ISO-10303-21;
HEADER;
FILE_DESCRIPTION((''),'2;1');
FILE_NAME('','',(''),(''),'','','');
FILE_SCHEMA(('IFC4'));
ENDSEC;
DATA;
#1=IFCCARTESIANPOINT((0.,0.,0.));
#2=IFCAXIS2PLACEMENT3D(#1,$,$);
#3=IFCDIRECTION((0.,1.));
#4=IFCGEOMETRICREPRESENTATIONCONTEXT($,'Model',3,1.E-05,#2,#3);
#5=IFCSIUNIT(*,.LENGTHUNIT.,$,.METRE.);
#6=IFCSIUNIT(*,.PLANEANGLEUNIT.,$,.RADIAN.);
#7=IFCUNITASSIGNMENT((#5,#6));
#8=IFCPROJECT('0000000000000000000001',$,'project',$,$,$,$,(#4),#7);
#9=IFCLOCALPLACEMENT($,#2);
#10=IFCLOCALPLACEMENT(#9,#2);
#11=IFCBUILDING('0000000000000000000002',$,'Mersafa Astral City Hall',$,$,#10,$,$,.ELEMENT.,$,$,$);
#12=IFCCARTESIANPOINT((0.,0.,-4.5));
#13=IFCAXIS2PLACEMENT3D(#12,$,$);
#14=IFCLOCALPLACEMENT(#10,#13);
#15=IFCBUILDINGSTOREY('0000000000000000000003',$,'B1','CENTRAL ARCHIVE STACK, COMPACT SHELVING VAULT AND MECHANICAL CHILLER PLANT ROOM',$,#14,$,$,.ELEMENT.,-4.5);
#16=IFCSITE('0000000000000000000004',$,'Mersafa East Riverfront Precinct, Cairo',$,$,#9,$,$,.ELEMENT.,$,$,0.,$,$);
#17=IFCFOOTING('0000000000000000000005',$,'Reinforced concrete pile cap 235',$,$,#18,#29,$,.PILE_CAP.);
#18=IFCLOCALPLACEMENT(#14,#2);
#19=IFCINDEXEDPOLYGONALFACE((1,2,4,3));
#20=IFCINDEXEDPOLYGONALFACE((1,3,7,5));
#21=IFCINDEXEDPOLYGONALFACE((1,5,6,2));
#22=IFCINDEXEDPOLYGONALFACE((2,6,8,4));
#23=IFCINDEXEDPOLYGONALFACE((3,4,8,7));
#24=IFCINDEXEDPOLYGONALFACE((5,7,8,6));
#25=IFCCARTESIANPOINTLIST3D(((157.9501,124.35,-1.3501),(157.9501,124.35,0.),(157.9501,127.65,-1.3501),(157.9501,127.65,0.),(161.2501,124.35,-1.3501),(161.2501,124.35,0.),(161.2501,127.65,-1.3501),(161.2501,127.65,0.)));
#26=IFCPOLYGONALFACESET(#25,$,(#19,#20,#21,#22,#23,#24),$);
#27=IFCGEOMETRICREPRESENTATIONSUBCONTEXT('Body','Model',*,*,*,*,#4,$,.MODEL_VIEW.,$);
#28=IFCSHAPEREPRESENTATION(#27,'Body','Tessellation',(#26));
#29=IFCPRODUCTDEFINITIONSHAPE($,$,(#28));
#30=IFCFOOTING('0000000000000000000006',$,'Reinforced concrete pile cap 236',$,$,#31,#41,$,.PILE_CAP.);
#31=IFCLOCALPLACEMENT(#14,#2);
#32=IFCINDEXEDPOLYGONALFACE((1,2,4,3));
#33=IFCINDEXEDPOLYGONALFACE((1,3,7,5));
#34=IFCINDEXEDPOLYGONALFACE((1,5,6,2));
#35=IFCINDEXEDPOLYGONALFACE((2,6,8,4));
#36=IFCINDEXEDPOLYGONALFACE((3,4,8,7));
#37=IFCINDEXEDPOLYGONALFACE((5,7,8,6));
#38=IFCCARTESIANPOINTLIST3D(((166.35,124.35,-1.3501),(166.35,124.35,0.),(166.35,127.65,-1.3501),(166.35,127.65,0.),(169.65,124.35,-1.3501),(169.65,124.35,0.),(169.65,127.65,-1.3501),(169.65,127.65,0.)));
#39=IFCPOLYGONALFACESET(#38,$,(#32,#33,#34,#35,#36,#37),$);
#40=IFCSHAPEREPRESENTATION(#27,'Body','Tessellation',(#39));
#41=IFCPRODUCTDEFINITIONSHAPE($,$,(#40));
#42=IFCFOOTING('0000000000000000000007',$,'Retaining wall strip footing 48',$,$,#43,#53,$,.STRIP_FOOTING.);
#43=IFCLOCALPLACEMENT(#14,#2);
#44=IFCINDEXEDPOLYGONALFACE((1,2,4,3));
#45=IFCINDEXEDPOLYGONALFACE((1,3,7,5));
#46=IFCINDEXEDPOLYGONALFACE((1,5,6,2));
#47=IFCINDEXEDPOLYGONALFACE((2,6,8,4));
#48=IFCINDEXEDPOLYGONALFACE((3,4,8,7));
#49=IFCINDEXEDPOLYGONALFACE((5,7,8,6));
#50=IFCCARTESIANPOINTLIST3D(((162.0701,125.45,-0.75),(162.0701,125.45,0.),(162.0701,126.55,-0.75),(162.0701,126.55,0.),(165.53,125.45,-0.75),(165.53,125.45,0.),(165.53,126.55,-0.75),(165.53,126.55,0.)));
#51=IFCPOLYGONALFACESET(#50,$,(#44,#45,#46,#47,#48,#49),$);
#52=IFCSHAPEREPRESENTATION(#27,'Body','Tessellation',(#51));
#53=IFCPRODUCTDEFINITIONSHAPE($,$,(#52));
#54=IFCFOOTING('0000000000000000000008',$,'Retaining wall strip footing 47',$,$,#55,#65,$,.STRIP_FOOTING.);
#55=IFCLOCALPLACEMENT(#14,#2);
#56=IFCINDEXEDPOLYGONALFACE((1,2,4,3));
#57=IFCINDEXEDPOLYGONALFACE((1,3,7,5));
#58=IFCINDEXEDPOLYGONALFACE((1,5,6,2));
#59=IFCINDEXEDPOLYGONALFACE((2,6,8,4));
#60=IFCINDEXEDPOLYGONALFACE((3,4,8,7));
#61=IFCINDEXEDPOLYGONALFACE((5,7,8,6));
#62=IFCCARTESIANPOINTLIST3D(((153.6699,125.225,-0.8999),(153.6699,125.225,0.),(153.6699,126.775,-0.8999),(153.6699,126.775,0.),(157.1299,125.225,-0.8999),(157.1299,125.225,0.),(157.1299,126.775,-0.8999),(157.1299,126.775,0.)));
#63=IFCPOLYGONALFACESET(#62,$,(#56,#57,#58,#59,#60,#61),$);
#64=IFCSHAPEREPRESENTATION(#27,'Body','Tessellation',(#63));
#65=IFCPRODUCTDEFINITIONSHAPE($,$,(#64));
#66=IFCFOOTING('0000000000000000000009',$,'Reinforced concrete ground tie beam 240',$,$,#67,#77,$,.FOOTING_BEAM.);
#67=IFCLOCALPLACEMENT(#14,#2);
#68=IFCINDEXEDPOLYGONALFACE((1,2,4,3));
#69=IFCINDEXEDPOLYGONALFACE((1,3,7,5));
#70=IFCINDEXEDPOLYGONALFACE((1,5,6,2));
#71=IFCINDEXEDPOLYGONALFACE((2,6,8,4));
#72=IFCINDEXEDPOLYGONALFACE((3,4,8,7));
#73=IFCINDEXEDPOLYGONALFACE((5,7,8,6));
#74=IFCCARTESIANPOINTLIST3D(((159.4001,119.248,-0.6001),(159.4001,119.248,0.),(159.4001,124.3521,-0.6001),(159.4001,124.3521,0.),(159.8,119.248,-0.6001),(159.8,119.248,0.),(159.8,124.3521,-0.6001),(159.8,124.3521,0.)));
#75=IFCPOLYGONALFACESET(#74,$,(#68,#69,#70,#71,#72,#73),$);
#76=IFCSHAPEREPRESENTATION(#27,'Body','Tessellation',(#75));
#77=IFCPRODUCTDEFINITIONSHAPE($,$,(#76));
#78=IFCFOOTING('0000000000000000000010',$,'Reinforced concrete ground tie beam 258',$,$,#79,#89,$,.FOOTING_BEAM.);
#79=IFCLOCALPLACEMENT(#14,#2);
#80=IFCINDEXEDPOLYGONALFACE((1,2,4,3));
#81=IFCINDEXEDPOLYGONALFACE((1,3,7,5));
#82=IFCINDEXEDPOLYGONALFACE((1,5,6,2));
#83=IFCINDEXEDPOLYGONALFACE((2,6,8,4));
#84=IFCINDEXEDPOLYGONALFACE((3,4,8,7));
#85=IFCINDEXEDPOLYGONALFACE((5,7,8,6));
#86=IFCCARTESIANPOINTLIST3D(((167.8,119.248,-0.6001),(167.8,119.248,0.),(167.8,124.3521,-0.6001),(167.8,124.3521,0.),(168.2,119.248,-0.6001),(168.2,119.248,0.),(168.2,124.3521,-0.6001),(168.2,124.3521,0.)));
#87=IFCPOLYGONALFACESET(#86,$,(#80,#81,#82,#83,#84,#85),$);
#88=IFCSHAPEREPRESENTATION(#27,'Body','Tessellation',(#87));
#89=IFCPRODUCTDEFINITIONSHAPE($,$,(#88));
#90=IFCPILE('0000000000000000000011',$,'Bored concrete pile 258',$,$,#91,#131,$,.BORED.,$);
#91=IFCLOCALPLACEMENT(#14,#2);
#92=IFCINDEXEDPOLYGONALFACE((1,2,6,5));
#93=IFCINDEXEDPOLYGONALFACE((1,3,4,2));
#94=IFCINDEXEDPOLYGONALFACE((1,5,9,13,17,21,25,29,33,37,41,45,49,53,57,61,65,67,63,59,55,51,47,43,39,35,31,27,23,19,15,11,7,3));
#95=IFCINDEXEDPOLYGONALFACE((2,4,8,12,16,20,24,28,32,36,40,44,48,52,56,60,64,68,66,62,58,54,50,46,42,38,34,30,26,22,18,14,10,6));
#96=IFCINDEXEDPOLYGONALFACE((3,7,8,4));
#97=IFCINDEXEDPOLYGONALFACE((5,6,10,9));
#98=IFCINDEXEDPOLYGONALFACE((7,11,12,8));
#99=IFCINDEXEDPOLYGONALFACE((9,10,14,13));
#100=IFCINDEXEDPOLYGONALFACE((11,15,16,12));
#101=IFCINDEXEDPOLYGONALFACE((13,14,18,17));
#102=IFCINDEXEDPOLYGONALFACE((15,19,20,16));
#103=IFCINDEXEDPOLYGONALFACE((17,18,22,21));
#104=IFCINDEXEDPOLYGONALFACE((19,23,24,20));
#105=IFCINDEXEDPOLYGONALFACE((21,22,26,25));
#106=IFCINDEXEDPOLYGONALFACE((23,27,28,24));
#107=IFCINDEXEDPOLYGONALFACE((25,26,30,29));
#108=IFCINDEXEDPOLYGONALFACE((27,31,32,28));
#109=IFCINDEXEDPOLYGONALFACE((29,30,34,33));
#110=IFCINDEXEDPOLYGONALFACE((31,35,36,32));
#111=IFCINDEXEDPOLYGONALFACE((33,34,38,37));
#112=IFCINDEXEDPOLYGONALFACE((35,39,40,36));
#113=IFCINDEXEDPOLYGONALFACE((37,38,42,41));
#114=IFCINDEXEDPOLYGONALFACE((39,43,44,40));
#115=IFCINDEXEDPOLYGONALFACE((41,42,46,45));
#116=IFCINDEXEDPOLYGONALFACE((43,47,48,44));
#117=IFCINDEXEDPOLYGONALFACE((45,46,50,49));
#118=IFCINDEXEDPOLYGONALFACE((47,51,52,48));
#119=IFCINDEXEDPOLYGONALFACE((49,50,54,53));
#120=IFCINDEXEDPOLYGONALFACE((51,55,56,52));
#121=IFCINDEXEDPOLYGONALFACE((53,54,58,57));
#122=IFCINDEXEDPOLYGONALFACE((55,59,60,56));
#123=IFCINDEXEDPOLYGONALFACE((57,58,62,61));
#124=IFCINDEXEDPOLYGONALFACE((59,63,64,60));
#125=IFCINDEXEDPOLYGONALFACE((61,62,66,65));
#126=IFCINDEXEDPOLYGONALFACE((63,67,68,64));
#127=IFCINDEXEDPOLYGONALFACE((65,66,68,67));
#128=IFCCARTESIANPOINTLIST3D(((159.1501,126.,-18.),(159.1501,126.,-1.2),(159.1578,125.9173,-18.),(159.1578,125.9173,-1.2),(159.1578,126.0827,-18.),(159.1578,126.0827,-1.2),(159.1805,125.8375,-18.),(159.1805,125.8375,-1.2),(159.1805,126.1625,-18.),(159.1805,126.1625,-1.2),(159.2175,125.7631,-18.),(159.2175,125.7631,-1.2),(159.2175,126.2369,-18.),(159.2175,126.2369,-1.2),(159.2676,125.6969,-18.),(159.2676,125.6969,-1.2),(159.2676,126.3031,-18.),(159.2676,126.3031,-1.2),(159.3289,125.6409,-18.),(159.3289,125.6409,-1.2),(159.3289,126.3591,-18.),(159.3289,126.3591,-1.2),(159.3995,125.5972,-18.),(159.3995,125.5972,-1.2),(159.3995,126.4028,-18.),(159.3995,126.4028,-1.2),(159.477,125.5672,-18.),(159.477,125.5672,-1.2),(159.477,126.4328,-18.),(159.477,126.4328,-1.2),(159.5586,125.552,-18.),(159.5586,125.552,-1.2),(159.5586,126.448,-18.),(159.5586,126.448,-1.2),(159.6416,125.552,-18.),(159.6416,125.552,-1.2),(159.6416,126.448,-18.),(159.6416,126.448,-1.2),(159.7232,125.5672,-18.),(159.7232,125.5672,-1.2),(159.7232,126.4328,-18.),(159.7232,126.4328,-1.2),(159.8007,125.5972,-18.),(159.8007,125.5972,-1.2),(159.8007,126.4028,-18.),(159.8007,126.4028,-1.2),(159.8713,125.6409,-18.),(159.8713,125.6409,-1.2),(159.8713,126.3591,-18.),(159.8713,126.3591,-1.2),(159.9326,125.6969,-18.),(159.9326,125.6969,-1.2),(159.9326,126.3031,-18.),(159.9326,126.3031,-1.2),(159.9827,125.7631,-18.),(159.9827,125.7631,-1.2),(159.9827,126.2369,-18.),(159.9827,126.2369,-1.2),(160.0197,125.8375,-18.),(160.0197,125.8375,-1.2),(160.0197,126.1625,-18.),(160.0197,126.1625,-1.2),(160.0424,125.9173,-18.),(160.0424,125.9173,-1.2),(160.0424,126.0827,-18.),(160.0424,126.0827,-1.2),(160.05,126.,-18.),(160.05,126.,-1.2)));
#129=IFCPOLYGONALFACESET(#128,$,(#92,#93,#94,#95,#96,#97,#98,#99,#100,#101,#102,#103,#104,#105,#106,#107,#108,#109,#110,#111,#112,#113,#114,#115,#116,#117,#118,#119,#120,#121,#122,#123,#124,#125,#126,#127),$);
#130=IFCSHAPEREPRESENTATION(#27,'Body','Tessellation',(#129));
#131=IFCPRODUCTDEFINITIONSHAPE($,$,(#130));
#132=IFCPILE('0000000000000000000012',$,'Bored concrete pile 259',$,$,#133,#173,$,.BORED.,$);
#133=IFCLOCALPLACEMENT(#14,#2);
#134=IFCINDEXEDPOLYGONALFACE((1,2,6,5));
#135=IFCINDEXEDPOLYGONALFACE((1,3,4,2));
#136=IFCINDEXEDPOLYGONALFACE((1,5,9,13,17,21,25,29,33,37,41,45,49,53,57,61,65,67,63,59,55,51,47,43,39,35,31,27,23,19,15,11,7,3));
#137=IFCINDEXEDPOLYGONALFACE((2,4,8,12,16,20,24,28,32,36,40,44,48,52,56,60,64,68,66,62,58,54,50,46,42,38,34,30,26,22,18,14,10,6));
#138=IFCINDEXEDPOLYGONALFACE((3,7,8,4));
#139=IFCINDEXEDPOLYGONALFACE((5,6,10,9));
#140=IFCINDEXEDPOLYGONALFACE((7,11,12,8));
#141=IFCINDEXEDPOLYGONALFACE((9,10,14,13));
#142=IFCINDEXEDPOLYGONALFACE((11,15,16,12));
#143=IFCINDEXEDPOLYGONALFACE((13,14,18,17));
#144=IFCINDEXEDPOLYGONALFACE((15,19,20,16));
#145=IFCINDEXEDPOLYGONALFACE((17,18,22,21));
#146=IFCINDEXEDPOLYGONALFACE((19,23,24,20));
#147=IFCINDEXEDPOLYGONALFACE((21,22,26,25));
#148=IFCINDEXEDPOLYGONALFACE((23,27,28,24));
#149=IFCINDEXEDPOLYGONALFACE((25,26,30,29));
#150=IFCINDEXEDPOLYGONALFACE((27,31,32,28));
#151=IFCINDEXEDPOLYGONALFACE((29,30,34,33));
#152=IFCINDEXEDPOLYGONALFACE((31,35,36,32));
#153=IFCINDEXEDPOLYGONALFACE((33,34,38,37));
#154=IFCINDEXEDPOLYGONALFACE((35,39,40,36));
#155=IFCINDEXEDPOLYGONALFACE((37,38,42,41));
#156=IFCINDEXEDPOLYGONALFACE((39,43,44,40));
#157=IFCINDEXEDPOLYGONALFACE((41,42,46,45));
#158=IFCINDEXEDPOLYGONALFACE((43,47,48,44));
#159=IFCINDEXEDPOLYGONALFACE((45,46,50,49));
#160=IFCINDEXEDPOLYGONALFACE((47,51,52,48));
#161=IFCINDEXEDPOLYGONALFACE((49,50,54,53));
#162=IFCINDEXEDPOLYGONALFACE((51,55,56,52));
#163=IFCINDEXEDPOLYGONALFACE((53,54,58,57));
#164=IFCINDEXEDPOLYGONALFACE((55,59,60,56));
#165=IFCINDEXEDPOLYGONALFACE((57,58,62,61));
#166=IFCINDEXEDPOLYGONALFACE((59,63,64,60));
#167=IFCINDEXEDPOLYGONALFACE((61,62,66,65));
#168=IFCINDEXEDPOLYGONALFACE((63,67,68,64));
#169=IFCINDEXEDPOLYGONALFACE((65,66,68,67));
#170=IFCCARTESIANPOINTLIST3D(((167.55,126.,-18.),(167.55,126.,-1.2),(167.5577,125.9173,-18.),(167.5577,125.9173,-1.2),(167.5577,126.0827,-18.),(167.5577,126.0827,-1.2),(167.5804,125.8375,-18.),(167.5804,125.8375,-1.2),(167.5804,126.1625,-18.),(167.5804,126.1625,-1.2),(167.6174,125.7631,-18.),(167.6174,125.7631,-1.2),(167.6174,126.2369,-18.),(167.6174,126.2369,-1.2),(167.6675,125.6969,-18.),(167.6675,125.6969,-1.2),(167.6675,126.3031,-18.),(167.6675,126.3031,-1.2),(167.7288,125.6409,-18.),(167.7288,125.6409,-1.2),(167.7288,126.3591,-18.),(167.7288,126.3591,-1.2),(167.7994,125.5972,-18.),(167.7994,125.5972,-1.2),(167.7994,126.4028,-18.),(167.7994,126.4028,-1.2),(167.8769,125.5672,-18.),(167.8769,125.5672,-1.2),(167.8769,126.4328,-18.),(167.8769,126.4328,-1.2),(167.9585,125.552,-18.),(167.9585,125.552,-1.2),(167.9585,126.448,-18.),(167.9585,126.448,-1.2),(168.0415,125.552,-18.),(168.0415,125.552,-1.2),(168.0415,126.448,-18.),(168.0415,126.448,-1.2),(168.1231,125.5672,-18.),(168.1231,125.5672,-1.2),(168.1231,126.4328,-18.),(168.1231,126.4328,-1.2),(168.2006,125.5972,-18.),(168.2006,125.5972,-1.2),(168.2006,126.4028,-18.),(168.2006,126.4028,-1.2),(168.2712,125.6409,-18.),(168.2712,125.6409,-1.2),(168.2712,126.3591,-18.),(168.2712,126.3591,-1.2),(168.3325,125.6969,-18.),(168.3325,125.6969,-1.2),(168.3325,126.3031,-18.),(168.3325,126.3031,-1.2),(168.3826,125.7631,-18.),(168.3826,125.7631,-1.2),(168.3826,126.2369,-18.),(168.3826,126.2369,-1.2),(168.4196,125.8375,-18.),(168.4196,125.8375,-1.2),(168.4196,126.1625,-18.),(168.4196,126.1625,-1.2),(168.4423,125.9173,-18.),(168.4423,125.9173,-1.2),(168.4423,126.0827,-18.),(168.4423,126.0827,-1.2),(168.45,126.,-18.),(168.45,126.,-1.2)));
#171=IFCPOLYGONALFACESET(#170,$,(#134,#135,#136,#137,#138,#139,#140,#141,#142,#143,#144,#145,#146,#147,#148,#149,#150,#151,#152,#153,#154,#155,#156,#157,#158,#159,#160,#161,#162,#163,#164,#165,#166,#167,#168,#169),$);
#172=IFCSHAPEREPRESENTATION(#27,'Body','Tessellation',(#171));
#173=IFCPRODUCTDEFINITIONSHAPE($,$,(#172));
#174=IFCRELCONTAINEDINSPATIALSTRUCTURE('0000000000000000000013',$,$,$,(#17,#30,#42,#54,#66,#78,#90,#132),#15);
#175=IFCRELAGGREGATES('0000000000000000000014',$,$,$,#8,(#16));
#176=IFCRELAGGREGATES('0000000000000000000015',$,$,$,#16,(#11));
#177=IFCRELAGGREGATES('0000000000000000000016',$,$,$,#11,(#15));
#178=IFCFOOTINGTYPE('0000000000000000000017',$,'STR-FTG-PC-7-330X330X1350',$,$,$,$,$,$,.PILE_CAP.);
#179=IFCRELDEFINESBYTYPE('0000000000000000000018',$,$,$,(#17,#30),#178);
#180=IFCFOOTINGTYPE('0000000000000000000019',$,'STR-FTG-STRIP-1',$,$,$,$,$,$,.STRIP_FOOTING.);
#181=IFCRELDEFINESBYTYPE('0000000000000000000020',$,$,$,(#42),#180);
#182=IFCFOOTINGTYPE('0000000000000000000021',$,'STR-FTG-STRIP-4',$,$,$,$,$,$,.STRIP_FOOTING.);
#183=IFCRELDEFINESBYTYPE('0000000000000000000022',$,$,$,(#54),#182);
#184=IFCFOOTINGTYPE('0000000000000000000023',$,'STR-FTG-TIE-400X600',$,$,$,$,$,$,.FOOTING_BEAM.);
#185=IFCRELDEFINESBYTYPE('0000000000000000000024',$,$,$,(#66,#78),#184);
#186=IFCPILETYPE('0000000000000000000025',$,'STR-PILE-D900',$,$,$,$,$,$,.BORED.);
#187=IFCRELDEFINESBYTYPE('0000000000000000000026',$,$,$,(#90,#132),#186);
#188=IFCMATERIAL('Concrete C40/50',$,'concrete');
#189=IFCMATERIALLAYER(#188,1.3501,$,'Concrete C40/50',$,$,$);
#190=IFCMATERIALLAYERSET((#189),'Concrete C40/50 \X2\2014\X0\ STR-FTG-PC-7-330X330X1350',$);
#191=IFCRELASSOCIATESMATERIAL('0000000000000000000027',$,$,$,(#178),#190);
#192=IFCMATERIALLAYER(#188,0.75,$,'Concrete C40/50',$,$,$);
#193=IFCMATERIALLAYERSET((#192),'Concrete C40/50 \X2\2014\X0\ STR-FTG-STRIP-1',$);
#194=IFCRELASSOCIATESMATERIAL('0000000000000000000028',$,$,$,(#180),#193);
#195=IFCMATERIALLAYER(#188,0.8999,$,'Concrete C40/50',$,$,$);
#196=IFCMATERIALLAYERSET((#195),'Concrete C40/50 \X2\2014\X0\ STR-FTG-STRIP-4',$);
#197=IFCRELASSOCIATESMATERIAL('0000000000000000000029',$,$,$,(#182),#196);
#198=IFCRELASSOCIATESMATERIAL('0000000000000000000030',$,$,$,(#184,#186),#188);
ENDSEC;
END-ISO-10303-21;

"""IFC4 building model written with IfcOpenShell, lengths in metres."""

from ifc_helpers import new_model, si_unit, direction, frame, origin, origin_2d, place, context, subcontext, project, spatial, rectangle, circle, extrude, material, layer, layer_set, material_profile, profile_set, type_object, element, save


model = new_model("IFC4")

# Units and contexts
model_context = context("Model", 3, precision=1e-05, world=origin(), true_north=direction((0.0, 1.0)))
body_context = subcontext(model_context, "Body", "Model", "MODEL_VIEW")
ifc_project = project(units=[si_unit("LENGTHUNIT", "METRE"), si_unit("PLANEANGLEUNIT", "RADIAN")], contexts=[model_context])

# Site, building, storey
site_placement = place(None, origin())
site = spatial("IfcSite", under=ifc_project, at=site_placement, Name="Mersafa East Riverfront Precinct, Cairo", CompositionType="ELEMENT", RefElevation=0.0)
building_placement = place(site_placement, origin())
building = spatial("IfcBuilding", under=site, at=building_placement, Name="Mersafa Astral City Hall", CompositionType="ELEMENT")
storey_placement = place(building_placement, frame((0.0, 0.0, -4.5)))
storey = spatial("IfcBuildingStorey", under=building, at=storey_placement, Name="B1", Description="CENTRAL ARCHIVE STACK, COMPACT SHELVING VAULT AND MECHANICAL CHILLER PLANT ROOM", CompositionType="ELEMENT", Elevation=-4.5)

# Footings
ifc_material_1 = material(Name="Concrete C40/50", Category="concrete")
ifc_layer_1 = layer(ifc_material_1, 1.3501, Name="Concrete C40/50")
ifc_layer_set_1 = layer_set([ifc_layer_1], Name="Concrete C40/50 — STR-FTG-PC-7-330X330X1350")
footing_type_1 = type_object("IfcFootingType", Name="STR-FTG-PC-7-330X330X1350", PredefinedType="PILE_CAP", material=ifc_layer_set_1)
for number, where, z_axis, x_axis, name in (
    (1, (159.6001, 126.0, -1.3501), (0.0, 0.0, 1.0), (1.0, 0.0, 0.0), "Reinforced concrete pile cap 235"),
    (2, (168.0, 126.0, -1.3501), (0.0, 0.0, 1.0), (1.0, 0.0, 0.0), "Reinforced concrete pile cap 236"),
):
    element("IfcFooting", number, at=place(storey_placement, frame(where, z_axis=z_axis, x_axis=x_axis)), inside=storey, type_object=footing_type_1, Name=name, PredefinedType="PILE_CAP", context=body_context, shape_type="SweptSolid", body=[
        extrude(rectangle(XDim=3.3, YDim=3.3, at=origin_2d()), origin(), (0.0, 0.0, 1.0), 1.3501),
    ])
ifc_layer_2 = layer(ifc_material_1, 0.75, Name="Concrete C40/50")
ifc_layer_set_2 = layer_set([ifc_layer_2], Name="Concrete C40/50 — STR-FTG-STRIP-1")
footing_type_2 = type_object("IfcFootingType", Name="STR-FTG-STRIP-1", PredefinedType="STRIP_FOOTING", material=ifc_layer_set_2)
footing_1_placement = place(storey_placement, frame((163.8, 126.0, -0.75), z_axis=(0.0, 0.0, 1.0), x_axis=(1.0, 0.0, 0.0)))
element("IfcFooting", 3, at=footing_1_placement, inside=storey, type_object=footing_type_2, Name="Retaining wall strip footing 48", PredefinedType="STRIP_FOOTING", context=body_context, shape_type="SweptSolid", body=[
    extrude(rectangle(XDim=3.46, YDim=1.1001, at=origin_2d()), origin(), (0.0, 0.0, 1.0), 0.75),
])
ifc_layer_3 = layer(ifc_material_1, 0.8999, Name="Concrete C40/50")
ifc_layer_set_3 = layer_set([ifc_layer_3], Name="Concrete C40/50 — STR-FTG-STRIP-4")
footing_type_3 = type_object("IfcFootingType", Name="STR-FTG-STRIP-4", PredefinedType="STRIP_FOOTING", material=ifc_layer_set_3)
footing_2_placement = place(storey_placement, frame((155.3999, 126.0, -0.8999), z_axis=(0.0, 0.0, 1.0), x_axis=(1.0, 0.0, 0.0)))
element("IfcFooting", 4, at=footing_2_placement, inside=storey, type_object=footing_type_3, Name="Retaining wall strip footing 47", PredefinedType="STRIP_FOOTING", context=body_context, shape_type="SweptSolid", body=[
    extrude(rectangle(XDim=3.46, YDim=1.55, at=origin_2d()), origin(), (0.0, 0.0, 1.0), 0.8999),
])
ifc_material_profile_1 = material_profile(ifc_material_1, rectangle(XDim=0.3999, YDim=0.6001, at=origin_2d()), Name="RC 400x600")
ifc_profile_set_1 = profile_set([ifc_material_profile_1], Name="Concrete C40/50")
footing_type_4 = type_object("IfcFootingType", Name="STR-FTG-TIE-400X600", PredefinedType="FOOTING_BEAM", material=ifc_profile_set_1)
for number, where, z_axis, x_axis, name in (
    (5, (159.6001, 119.248, -0.3), (0.0, 1.0, 0.0), (-1.0, 0.0, 0.0), "Reinforced concrete ground tie beam 240"),
    (6, (168.0, 119.248, -0.3), (0.0, 1.0, 0.0), (-1.0, 0.0, 0.0), "Reinforced concrete ground tie beam 258"),
):
    element("IfcFooting", number, at=place(storey_placement, frame(where, z_axis=z_axis, x_axis=x_axis)), inside=storey, type_object=footing_type_4, Name=name, PredefinedType="FOOTING_BEAM", context=body_context, shape_type="SweptSolid", body=[
        extrude(rectangle(XDim=0.3999, YDim=0.6001, at=origin_2d()), origin(), (0.0, 0.0, 1.0), 5.104),
    ])

# Piles
ifc_material_profile_2 = material_profile(ifc_material_1, circle(Radius=0.45, at=origin_2d()), Name="PILE D900")
ifc_profile_set_2 = profile_set([ifc_material_profile_2], Name="Concrete C40/50")
pile_type = type_object("IfcPileType", Name="STR-PILE-D900", PredefinedType="BORED", material=ifc_profile_set_2)
for number, where, z_axis, x_axis, name in (
    (7, (159.6001, 126.0, -1.2), (0.0, 0.0, -1.0), (1.0, 0.0, 0.0), "Bored concrete pile 258"),
    (8, (168.0, 126.0, -1.2), (0.0, 0.0, -1.0), (1.0, 0.0, 0.0), "Bored concrete pile 259"),
):
    element("IfcPile", number, at=place(storey_placement, frame(where, z_axis=z_axis, x_axis=x_axis)), inside=storey, type_object=pile_type, Name=name, PredefinedType="BORED", context=body_context, shape_type="SweptSolid", body=[
        extrude(circle(Radius=0.45, at=origin_2d()), origin(), (0.0, 0.0, 1.0), 16.8),
    ])

save(model, "model.ifc")
